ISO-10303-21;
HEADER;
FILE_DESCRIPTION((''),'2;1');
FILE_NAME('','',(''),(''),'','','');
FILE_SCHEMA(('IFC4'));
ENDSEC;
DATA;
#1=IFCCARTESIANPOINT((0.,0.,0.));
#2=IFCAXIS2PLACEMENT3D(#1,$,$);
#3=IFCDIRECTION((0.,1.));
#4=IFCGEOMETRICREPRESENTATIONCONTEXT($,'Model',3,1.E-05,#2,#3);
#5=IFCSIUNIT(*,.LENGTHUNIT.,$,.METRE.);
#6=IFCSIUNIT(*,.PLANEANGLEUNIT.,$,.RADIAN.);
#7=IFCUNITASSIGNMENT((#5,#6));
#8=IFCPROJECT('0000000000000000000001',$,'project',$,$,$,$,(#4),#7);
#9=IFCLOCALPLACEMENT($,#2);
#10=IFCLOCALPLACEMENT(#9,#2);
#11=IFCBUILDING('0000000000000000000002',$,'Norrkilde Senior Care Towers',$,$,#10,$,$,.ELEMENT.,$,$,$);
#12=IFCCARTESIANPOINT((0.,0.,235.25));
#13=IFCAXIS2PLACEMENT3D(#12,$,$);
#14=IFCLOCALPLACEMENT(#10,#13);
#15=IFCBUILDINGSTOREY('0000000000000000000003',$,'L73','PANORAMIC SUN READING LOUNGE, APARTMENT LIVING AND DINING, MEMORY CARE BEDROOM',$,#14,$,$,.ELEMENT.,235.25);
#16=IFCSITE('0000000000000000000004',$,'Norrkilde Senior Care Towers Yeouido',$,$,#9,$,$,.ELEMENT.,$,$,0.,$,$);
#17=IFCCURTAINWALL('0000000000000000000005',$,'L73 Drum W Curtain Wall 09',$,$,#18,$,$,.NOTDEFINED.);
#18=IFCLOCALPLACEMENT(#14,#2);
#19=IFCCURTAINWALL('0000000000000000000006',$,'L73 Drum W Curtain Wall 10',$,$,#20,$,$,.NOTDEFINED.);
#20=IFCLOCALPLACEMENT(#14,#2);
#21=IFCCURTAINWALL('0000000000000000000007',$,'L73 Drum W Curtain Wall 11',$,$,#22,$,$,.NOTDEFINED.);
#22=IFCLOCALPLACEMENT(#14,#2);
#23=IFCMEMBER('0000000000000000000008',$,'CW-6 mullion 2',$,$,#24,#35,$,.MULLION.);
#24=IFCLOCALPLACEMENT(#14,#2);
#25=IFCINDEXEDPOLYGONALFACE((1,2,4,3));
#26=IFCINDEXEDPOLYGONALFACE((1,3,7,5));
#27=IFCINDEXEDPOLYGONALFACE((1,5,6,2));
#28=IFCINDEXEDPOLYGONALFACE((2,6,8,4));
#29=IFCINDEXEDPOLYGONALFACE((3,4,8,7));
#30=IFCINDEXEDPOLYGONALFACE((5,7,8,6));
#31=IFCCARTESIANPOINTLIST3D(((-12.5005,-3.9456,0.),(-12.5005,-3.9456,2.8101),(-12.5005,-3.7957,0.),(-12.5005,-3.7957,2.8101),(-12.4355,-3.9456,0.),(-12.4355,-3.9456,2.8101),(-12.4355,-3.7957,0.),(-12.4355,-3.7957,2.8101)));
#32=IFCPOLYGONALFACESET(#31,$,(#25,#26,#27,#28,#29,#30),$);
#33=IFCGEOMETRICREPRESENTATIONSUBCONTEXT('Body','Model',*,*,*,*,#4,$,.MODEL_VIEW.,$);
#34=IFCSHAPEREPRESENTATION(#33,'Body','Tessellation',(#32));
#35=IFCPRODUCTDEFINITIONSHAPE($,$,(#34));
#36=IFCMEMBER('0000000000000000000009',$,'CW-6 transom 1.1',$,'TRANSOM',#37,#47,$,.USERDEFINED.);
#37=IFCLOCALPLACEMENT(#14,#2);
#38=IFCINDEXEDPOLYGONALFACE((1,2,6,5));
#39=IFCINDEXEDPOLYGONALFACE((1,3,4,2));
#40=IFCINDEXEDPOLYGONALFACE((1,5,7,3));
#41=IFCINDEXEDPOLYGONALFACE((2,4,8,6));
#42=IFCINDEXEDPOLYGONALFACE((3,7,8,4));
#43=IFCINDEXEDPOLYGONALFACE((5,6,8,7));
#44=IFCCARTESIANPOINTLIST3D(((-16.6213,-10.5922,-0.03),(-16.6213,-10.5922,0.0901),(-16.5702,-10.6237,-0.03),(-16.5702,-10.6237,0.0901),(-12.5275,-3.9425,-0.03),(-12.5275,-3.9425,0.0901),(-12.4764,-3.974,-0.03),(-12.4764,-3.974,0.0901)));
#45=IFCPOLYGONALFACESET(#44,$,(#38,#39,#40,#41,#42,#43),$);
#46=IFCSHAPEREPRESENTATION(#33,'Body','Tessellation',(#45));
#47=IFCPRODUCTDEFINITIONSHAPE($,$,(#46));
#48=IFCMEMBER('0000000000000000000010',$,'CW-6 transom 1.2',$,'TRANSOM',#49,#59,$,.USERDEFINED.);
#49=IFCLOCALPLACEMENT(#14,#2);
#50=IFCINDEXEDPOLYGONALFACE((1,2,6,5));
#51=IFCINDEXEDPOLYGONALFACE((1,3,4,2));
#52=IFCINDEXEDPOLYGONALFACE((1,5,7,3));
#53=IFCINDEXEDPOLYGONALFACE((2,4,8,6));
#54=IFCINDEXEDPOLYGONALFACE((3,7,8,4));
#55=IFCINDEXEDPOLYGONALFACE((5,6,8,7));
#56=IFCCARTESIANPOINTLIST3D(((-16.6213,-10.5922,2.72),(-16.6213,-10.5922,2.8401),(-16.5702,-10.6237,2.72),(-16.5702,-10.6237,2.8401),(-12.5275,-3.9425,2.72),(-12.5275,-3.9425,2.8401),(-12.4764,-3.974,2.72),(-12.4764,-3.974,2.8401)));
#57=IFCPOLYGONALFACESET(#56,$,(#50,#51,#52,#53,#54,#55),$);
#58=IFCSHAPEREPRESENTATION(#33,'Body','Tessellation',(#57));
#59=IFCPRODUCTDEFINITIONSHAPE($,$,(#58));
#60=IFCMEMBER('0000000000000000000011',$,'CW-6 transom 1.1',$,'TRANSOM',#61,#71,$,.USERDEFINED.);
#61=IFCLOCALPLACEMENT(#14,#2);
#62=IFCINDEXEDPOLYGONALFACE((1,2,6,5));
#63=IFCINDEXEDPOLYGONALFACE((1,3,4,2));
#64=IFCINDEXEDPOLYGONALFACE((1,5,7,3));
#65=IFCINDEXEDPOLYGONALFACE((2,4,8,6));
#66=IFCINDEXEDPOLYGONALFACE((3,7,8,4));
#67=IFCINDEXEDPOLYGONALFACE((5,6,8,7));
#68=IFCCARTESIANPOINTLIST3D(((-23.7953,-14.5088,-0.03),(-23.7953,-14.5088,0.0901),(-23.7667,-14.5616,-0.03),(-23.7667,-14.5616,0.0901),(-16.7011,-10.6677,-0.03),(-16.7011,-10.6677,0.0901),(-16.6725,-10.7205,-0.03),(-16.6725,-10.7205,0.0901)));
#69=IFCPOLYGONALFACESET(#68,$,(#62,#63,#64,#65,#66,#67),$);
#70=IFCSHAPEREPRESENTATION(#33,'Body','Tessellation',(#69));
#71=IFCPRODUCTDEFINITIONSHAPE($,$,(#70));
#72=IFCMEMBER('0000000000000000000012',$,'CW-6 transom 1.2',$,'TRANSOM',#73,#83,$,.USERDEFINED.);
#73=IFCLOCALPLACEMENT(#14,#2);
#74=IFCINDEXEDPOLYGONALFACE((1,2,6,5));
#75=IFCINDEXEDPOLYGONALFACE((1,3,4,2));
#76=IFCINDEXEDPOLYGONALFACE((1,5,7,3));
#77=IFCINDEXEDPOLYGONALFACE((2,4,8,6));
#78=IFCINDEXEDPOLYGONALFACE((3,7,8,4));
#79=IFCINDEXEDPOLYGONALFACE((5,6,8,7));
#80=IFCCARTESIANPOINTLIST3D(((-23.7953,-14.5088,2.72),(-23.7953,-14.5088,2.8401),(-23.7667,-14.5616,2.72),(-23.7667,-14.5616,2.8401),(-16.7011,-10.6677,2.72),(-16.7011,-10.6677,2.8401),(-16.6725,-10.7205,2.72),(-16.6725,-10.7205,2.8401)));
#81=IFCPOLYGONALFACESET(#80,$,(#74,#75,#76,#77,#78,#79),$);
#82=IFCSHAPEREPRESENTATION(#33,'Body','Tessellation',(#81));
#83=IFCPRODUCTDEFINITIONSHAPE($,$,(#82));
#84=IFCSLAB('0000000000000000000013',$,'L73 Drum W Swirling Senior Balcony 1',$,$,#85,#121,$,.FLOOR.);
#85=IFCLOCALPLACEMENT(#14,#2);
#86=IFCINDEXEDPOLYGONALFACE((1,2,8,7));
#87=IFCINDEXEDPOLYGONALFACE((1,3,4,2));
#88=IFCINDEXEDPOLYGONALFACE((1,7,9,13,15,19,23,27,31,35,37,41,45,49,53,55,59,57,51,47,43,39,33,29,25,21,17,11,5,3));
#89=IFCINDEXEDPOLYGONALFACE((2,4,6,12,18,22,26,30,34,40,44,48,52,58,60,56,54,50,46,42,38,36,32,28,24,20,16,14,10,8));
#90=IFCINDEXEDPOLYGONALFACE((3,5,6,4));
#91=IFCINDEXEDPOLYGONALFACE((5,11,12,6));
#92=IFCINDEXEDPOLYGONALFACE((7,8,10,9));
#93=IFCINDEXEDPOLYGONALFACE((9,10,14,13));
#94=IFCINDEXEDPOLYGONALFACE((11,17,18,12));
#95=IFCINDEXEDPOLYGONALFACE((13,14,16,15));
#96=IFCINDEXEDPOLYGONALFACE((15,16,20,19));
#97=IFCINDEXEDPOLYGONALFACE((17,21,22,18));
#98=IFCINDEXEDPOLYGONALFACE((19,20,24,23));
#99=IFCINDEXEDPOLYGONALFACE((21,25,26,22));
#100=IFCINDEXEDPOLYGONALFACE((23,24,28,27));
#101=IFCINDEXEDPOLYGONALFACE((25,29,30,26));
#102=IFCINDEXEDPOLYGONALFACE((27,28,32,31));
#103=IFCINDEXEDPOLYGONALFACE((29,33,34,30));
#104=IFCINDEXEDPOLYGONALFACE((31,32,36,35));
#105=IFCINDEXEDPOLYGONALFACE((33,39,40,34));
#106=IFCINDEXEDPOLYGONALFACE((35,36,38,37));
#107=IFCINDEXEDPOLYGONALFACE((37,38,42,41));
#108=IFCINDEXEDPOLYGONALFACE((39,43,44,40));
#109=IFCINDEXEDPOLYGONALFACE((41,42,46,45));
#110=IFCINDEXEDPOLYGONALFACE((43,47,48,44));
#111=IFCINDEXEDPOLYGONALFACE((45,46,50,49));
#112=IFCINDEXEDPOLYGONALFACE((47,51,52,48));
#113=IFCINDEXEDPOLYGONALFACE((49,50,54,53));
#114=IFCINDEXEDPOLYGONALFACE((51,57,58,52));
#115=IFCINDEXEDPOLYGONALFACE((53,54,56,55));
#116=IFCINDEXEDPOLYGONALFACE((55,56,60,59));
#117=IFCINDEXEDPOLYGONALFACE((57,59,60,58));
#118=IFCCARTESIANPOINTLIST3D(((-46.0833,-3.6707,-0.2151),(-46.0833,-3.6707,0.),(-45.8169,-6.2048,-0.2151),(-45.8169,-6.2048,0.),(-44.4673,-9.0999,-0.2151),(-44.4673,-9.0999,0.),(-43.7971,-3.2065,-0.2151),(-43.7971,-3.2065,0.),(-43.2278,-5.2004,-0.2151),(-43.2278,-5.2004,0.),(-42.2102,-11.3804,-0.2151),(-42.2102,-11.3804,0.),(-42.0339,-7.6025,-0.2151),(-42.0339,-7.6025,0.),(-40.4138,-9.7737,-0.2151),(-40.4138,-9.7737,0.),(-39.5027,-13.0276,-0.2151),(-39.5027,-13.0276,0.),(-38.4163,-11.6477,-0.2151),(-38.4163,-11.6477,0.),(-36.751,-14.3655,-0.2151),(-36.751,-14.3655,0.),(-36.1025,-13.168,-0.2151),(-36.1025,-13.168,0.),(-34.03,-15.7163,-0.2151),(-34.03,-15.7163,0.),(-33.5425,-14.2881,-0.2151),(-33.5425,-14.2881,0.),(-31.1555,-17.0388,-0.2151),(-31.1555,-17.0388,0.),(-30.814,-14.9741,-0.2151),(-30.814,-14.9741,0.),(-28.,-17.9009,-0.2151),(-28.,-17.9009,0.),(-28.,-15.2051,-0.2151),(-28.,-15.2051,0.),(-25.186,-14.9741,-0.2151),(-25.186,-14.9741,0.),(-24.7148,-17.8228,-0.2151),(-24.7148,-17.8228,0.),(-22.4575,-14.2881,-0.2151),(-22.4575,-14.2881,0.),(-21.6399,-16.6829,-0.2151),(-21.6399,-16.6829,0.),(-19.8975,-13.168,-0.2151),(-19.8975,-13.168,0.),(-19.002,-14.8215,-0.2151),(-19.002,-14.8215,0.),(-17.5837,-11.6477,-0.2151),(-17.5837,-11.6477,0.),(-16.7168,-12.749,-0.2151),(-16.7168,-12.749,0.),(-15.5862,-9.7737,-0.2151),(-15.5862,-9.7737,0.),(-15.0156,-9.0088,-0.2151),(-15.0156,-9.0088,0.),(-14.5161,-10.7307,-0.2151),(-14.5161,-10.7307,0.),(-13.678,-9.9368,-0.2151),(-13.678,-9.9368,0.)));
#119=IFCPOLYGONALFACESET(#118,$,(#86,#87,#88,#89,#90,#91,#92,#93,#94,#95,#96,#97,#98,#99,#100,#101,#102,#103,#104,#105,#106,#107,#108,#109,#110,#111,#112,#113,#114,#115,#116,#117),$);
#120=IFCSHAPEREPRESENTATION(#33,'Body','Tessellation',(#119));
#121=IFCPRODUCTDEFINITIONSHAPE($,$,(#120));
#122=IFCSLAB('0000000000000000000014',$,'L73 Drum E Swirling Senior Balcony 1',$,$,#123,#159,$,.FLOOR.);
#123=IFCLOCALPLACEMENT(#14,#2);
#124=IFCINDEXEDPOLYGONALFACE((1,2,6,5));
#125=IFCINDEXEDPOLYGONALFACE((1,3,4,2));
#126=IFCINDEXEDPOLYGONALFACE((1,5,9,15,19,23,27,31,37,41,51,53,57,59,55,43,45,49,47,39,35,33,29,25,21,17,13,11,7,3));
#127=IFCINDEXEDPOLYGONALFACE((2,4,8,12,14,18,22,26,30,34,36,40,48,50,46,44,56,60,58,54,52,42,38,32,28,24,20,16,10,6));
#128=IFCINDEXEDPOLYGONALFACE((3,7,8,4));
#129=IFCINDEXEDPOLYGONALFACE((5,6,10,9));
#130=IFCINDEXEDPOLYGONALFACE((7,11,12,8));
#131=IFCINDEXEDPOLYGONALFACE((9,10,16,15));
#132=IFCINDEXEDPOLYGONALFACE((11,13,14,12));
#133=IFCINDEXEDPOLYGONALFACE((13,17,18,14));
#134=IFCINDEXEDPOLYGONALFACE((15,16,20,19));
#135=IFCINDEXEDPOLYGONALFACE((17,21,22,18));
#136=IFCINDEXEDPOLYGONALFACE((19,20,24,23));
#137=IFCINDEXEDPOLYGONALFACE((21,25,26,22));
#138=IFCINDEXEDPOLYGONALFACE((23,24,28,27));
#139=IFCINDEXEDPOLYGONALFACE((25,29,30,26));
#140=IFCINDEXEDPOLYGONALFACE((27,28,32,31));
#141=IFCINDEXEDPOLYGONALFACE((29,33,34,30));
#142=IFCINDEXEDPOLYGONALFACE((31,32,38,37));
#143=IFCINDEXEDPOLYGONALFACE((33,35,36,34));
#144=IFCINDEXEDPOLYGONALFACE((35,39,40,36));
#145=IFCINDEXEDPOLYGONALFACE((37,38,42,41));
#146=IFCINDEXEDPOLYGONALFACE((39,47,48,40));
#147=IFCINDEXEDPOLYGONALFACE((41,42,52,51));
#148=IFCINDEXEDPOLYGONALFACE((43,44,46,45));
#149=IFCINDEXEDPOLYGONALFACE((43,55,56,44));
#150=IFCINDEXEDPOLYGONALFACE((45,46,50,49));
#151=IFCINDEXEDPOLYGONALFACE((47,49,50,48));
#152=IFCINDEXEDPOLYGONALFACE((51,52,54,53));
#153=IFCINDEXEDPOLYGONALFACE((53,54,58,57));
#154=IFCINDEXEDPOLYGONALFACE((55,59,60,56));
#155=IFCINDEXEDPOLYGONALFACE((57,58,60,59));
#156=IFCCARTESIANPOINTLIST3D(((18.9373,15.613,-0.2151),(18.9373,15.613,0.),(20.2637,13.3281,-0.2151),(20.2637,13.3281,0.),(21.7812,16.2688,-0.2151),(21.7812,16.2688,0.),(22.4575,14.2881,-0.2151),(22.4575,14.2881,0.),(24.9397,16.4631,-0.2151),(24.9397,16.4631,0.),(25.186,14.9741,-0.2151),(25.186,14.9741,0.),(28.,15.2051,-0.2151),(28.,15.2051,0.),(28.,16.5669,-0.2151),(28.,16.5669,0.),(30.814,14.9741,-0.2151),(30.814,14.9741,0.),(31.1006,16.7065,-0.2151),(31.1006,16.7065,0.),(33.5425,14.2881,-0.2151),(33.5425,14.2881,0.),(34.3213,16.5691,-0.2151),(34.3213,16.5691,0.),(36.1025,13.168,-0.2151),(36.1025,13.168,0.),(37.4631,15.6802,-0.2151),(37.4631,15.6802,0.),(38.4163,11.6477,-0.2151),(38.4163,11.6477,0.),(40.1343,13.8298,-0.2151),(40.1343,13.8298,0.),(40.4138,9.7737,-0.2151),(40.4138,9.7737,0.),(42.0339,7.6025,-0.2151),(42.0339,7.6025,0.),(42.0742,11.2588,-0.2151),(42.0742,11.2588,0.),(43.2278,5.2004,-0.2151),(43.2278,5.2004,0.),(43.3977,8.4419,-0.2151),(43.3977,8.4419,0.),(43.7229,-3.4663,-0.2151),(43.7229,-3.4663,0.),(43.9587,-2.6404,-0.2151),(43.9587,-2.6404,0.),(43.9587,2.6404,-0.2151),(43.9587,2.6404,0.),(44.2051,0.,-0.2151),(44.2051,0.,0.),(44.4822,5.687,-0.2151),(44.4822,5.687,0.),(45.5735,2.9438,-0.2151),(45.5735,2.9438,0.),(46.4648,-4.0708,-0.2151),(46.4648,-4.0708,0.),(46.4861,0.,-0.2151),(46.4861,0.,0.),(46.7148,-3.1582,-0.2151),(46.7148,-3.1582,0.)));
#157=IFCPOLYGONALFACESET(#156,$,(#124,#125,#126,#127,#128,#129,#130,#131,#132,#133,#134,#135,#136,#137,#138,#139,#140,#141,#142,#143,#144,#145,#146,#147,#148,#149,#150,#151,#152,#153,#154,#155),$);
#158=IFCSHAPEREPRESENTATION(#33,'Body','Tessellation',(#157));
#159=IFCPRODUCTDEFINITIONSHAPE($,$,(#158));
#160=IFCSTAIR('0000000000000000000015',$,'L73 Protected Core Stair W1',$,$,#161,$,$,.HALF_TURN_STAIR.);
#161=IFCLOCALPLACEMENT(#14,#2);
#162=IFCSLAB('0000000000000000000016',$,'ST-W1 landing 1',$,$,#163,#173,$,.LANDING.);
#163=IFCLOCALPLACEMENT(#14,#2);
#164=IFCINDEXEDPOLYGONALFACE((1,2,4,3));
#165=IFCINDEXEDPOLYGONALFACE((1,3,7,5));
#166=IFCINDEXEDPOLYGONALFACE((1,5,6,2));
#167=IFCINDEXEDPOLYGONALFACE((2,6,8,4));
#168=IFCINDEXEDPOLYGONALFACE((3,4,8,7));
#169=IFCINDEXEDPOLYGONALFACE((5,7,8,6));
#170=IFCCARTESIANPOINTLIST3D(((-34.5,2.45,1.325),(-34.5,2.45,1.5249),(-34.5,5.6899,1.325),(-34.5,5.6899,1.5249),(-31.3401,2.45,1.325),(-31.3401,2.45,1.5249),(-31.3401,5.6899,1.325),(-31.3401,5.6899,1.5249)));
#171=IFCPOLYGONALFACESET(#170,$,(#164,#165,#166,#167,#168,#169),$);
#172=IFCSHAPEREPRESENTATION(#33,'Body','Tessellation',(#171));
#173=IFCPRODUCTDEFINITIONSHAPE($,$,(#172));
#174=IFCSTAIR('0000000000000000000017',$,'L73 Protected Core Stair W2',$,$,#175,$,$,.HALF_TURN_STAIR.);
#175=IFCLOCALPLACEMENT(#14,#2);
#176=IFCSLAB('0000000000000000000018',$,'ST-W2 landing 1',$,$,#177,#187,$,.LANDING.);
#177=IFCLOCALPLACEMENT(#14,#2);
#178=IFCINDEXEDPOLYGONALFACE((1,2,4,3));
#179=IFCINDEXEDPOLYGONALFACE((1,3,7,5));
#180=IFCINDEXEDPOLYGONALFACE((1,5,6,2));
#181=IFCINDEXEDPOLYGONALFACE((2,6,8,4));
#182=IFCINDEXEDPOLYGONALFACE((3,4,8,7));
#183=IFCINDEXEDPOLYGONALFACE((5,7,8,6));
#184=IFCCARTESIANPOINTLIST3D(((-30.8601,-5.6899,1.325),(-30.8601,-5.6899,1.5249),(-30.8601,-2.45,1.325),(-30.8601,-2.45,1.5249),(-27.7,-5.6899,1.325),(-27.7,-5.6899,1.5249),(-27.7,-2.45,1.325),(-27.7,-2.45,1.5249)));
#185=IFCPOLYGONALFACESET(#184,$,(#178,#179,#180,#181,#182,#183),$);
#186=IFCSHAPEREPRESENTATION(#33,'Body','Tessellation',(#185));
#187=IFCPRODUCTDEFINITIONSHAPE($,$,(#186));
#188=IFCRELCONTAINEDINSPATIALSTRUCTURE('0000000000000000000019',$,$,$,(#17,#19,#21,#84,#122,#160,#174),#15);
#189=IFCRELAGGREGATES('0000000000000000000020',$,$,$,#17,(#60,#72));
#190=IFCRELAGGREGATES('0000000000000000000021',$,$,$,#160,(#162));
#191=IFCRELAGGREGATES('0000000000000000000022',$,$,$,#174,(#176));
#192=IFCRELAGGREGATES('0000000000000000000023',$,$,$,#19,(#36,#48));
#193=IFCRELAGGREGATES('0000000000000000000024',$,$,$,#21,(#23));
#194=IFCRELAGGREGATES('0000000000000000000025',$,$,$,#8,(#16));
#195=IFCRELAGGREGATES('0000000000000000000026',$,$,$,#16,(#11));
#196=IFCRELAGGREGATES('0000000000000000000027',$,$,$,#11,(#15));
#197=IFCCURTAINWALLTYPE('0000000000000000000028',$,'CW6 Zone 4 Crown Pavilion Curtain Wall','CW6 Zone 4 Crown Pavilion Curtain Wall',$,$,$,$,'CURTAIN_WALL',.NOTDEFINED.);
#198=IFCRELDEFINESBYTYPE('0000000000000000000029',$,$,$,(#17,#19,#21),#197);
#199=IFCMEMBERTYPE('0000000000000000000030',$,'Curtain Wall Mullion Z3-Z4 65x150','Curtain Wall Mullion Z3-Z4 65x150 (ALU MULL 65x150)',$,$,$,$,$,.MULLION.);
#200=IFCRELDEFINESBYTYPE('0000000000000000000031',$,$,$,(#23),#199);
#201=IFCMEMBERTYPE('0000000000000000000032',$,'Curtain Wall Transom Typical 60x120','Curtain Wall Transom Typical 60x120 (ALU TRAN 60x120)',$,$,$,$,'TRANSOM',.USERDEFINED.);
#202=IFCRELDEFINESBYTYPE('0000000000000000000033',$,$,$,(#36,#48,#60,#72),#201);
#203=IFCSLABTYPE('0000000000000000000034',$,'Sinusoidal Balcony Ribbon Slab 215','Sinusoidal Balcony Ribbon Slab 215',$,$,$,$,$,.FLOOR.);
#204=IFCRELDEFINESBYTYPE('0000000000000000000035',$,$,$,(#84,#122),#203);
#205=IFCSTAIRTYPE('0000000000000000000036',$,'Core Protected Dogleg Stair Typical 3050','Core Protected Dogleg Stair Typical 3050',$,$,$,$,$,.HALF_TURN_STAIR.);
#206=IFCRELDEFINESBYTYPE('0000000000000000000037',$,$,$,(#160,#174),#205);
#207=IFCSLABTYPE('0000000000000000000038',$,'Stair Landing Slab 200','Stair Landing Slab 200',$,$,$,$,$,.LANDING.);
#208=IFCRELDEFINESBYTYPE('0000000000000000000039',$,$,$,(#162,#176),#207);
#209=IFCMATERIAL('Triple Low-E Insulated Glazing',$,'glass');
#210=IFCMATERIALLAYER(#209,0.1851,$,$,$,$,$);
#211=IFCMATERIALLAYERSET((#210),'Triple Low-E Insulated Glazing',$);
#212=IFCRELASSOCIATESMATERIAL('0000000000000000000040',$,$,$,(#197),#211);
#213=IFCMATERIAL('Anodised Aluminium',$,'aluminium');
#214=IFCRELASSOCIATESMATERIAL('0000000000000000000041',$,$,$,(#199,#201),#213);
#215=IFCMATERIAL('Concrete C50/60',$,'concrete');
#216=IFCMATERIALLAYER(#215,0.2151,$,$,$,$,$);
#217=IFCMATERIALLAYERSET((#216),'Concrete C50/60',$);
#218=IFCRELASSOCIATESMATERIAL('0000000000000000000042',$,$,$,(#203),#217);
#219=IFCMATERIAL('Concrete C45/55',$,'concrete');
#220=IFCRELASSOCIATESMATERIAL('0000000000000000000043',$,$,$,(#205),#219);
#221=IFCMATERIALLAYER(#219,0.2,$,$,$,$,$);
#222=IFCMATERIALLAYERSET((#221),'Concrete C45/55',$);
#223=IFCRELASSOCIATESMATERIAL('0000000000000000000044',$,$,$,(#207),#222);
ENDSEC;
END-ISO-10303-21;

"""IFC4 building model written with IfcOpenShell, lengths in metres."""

from ifc_helpers import new_model, si_unit, direction, frame, origin, origin_2d, place, context, subcontext, project, spatial, polyline, rectangle, outline, extrude, source, transform, mapped, material, layer, layer_set, material_profile, profile_set, type_object, type_shapes, element, aggregate, save


model = new_model("IFC4")

# Units and contexts
model_context = context("Model", 3, precision=1e-05, world=origin(), true_north=direction((0.0, 1.0)))
body_context = subcontext(model_context, "Body", "Model", "MODEL_VIEW")
ifc_project = project(units=[si_unit("LENGTHUNIT", "METRE"), si_unit("PLANEANGLEUNIT", "RADIAN")], contexts=[model_context])

# Site, building, storey
site_placement = place(None, origin())
site = spatial("IfcSite", under=ifc_project, at=site_placement, Name="Norrkilde Senior Care Towers Yeouido", CompositionType="ELEMENT", RefElevation=0.0)
building_placement = place(site_placement, origin())
building = spatial("IfcBuilding", under=site, at=building_placement, Name="Norrkilde Senior Care Towers", CompositionType="ELEMENT")
storey_placement = place(building_placement, frame((0.0, 0.0, 235.25)))
storey = spatial("IfcBuildingStorey", under=building, at=storey_placement, Name="L73", Description="PANORAMIC SUN READING LOUNGE, APARTMENT LIVING AND DINING, MEMORY CARE BEDROOM", CompositionType="ELEMENT", Elevation=235.25)

# Shared definitions
ifc_material_1 = material(Name="Concrete C50/60", Category="concrete")

# Curtain wall
ifc_material_2 = material(Name="Triple Low-E Insulated Glazing", Category="glass")
ifc_layer_1 = layer(ifc_material_2, 0.1851)
ifc_layer_set_1 = layer_set([ifc_layer_1], Name="Triple Low-E Insulated Glazing")
curtain_wall_type = type_object("IfcCurtainWallType", Name="CW6 Zone 4 Crown Pavilion Curtain Wall", Description="CW6 Zone 4 Crown Pavilion Curtain Wall", ElementType="CURTAIN_WALL", PredefinedType="NOTDEFINED", material=ifc_layer_set_1)
curtain_wall_1_placement = place(storey_placement, origin())
curtain_wall_1 = element("IfcCurtainWall", 1, at=curtain_wall_1_placement, inside=storey, type_object=curtain_wall_type, Name="L73 Drum W Curtain Wall 09", PredefinedType="NOTDEFINED")
ifc_material_3 = material(Name="Anodised Aluminium", Category="aluminium")
ifc_material_profile_1 = material_profile(ifc_material_3, rectangle(XDim=0.0649, YDim=0.1499, at=origin_2d()), Name="ALU MULL 65x150")
ifc_profile_set_1 = profile_set([ifc_material_profile_1], Name="Anodised Aluminium")
member_type_1 = type_object("IfcMemberType", Name="Curtain Wall Mullion Z3-Z4 65x150", Description="Curtain Wall Mullion Z3-Z4 65x150 (ALU MULL 65x150)", PredefinedType="MULLION", material=ifc_profile_set_1)
shared_shape_1 = source(origin(), body_context, "Body", "SweptSolid", [
    extrude(rectangle(XDim=0.0649, YDim=0.1499, at=origin_2d()), origin(), (0.0, 0.0, 1.0), 2.8101),
])
type_shapes(member_type_1, [shared_shape_1])

# Curtain wall
curtain_wall_2_placement = place(storey_placement, origin())
curtain_wall_2 = element("IfcCurtainWall", 2, at=curtain_wall_2_placement, inside=storey, type_object=curtain_wall_type, Name="L73 Drum W Curtain Wall 10", PredefinedType="NOTDEFINED")

# Curtain wall, member
curtain_wall_3_placement = place(storey_placement, origin())
curtain_wall_3 = element("IfcCurtainWall", 3, at=curtain_wall_3_placement, inside=storey, type_object=curtain_wall_type, Name="L73 Drum W Curtain Wall 11", PredefinedType="NOTDEFINED")
member_1_placement = place(storey_placement, frame((-12.468, -3.8706, 0.0), z_axis=(0.0, 0.0, 1.0), x_axis=(1.0, 0.0, 0.0)))
member_1 = element("IfcMember", 4, at=member_1_placement, type_object=member_type_1, Name="CW-6 mullion 2", PredefinedType="MULLION", context=body_context, shape_type="MappedRepresentation", body=[
    mapped(shared_shape_1, transform((0.0, 0.0, 0.0), x_axis=(1.0, 0.0, 0.0), y_axis=(0.0, 1.0, 0.0), z_axis=(0.0, 0.0, 1.0), scale=1.0)),
])

# Members
ifc_material_profile_2 = material_profile(ifc_material_3, rectangle(XDim=0.0601, YDim=0.1201, at=origin_2d()), Name="ALU TRAN 60x120")
ifc_profile_set_2 = profile_set([ifc_material_profile_2], Name="Anodised Aluminium")
member_type_2 = type_object("IfcMemberType", Name="Curtain Wall Transom Typical 60x120", Description="Curtain Wall Transom Typical 60x120 (ALU TRAN 60x120)", ElementType="TRANSOM", PredefinedType="USERDEFINED", material=ifc_profile_set_2)
shared_shape_2 = source(origin(), body_context, "Body", "SweptSolid", [
    extrude(rectangle(XDim=0.0601, YDim=0.1201, at=origin_2d()), origin(), (0.0, 0.0, 1.0), 7.8088),
])
member_2_placement = place(storey_placement, frame((-12.502, -3.9583, 0.03), z_axis=(-0.524251, -0.851564, 0.0), x_axis=(0.851564, -0.524251, 0.0)))
member_2 = element("IfcMember", 5, at=member_2_placement, type_object=member_type_2, Name="CW-6 transom 1.1", ObjectType="TRANSOM", PredefinedType="USERDEFINED", context=body_context, shape_type="MappedRepresentation", body=[
    mapped(shared_shape_2, transform((0.0, 0.0, 0.0), x_axis=(1.0, 0.0, 0.0), y_axis=(0.0, 1.0, 0.0), z_axis=(0.0, 0.0, 1.0), scale=1.0)),
])
member_3_placement = place(storey_placement, frame((-12.502, -3.9583, 2.78), z_axis=(-0.524251, -0.851564, 0.0), x_axis=(0.851564, -0.524251, 0.0)))
member_3 = element("IfcMember", 6, at=member_3_placement, type_object=member_type_2, Name="CW-6 transom 1.2", ObjectType="TRANSOM", PredefinedType="USERDEFINED", context=body_context, shape_type="MappedRepresentation", body=[
    mapped(shared_shape_2, transform((0.0, 0.0, 0.0), x_axis=(1.0, 0.0, 0.0), y_axis=(0.0, 1.0, 0.0), z_axis=(0.0, 0.0, 1.0), scale=1.0)),
])
shared_shape_3 = source(origin(), body_context, "Body", "SweptSolid", [
    extrude(rectangle(XDim=0.0601, YDim=0.1201, at=origin_2d()), origin(), (0.0, 0.0, 1.0), 8.0674),
])
type_shapes(member_type_2, [shared_shape_2, shared_shape_3])
member_4_placement = place(storey_placement, frame((-16.6868, -10.6941, 0.03), z_axis=(-0.879378, -0.476125, 0.0), x_axis=(0.476125, -0.879378, 0.0)))
member_4 = element("IfcMember", 7, at=member_4_placement, type_object=member_type_2, Name="CW-6 transom 1.1", ObjectType="TRANSOM", PredefinedType="USERDEFINED", context=body_context, shape_type="MappedRepresentation", body=[
    mapped(shared_shape_3, transform((0.0, 0.0, 0.0), x_axis=(1.0, 0.0, 0.0), y_axis=(0.0, 1.0, 0.0), z_axis=(0.0, 0.0, 1.0), scale=1.0)),
])
member_5_placement = place(storey_placement, frame((-16.6868, -10.6941, 2.78), z_axis=(-0.879378, -0.476125, 0.0), x_axis=(0.476125, -0.879378, 0.0)))
member_5 = element("IfcMember", 8, at=member_5_placement, type_object=member_type_2, Name="CW-6 transom 1.2", ObjectType="TRANSOM", PredefinedType="USERDEFINED", context=body_context, shape_type="MappedRepresentation", body=[
    mapped(shared_shape_3, transform((0.0, 0.0, 0.0), x_axis=(1.0, 0.0, 0.0), y_axis=(0.0, 1.0, 0.0), z_axis=(0.0, 0.0, 1.0), scale=1.0)),
])
aggregate(curtain_wall_1, [member_4, member_5])

# Slabs
ifc_layer_2 = layer(ifc_material_1, 0.2151)
ifc_layer_set_2 = layer_set([ifc_layer_2], Name="Concrete C50/60")
slab_type_1 = type_object("IfcSlabType", Name="Sinusoidal Balcony Ribbon Slab 215", Description="Sinusoidal Balcony Ribbon Slab 215", PredefinedType="FLOOR", material=ifc_layer_set_2)
slab_1_placement = place(storey_placement, frame((0.0, 0.0, -0.2151)))
element("IfcSlab", 9, at=slab_1_placement, inside=storey, type_object=slab_type_1, Name="L73 Drum W Swirling Senior Balcony 1", PredefinedType="FLOOR", context=body_context, shape_type="SweptSolid", body=[
    extrude(outline(polyline([(-16.7168, -12.749), (-19.002, -14.8215), (-21.6399, -16.6829), (-24.7148, -17.8228), (-28.0, -17.9009), (-31.1555, -17.0388), (-34.03, -15.7163), (-36.751, -14.3655), (-39.5027, -13.0276), (-42.2102, -11.3804), (-44.4673, -9.0999), (-45.8169, -6.2048), (-46.0833, -3.6707), (-43.7971, -3.2065), (-43.2278, -5.2004), (-42.0339, -7.6025), (-40.4138, -9.7737), (-38.4163, -11.6477), (-36.1025, -13.168), (-33.5425, -14.2881), (-30.814, -14.9741), (-28.0, -15.2051), (-25.186, -14.9741), (-22.4575, -14.2881), (-19.8975, -13.168), (-17.5837, -11.6477), (-15.5862, -9.7737), (-15.0156, -9.0088), (-13.678, -9.9368), (-14.5161, -10.7307), (-16.7168, -12.749)])), origin(), (0.0, 0.0, 1.0), 0.2151),
])
slab_2_placement = place(storey_placement, frame((0.0, 0.0, -0.2151)))
element("IfcSlab", 10, at=slab_2_placement, inside=storey, type_object=slab_type_1, Name="L73 Drum E Swirling Senior Balcony 1", PredefinedType="FLOOR", context=body_context, shape_type="SweptSolid", body=[
    extrude(outline(polyline([(43.7229, -3.4663), (43.9587, -2.6404), (44.2051, 0.0), (43.9587, 2.6404), (43.2278, 5.2004), (42.0339, 7.6025), (40.4138, 9.7737), (38.4163, 11.6477), (36.1025, 13.168), (33.5425, 14.2881), (30.814, 14.9741), (28.0, 15.2051), (25.186, 14.9741), (22.4575, 14.2881), (20.2637, 13.3281), (18.9373, 15.613), (21.7812, 16.2688), (24.9397, 16.4631), (28.0, 16.5669), (31.1006, 16.7065), (34.3213, 16.5691), (37.4631, 15.6802), (40.1343, 13.8298), (42.0742, 11.2588), (43.3977, 8.4419), (44.4822, 5.687), (45.5735, 2.9438), (46.4861, 0.0), (46.7148, -3.1582), (46.4648, -4.0708), (43.7229, -3.4663)])), origin(), (0.0, 0.0, 1.0), 0.2151),
])

# Stairs, slabs
ifc_material_4 = material(Name="Concrete C45/55", Category="concrete")
stair_type = type_object("IfcStairType", Name="Core Protected Dogleg Stair Typical 3050", Description="Core Protected Dogleg Stair Typical 3050", PredefinedType="HALF_TURN_STAIR", material=ifc_material_4)
stair_1_placement = place(storey_placement, origin())
stair_1 = element("IfcStair", 11, at=stair_1_placement, inside=storey, type_object=stair_type, Name="L73 Protected Core Stair W1", PredefinedType="HALF_TURN_STAIR")
ifc_layer_3 = layer(ifc_material_4, 0.2)
ifc_layer_set_3 = layer_set([ifc_layer_3], Name="Concrete C45/55")
slab_type_2 = type_object("IfcSlabType", Name="Stair Landing Slab 200", Description="Stair Landing Slab 200", PredefinedType="LANDING", material=ifc_layer_set_3)
slab_3_placement = place(storey_placement, frame((0.0, 0.0, 1.325)))
slab_3 = element("IfcSlab", 12, at=slab_3_placement, type_object=slab_type_2, Name="ST-W1 landing 1", PredefinedType="LANDING", context=body_context, shape_type="SweptSolid", body=[
    extrude(outline(polyline([(-31.3401, 5.6899), (-34.5, 5.6899), (-34.5, 2.45), (-31.3401, 2.45), (-31.3401, 5.6899)])), origin(), (0.0, 0.0, 1.0), 0.2),
])
aggregate(stair_1, [slab_3])
stair_2_placement = place(storey_placement, origin())
stair_2 = element("IfcStair", 13, at=stair_2_placement, inside=storey, type_object=stair_type, Name="L73 Protected Core Stair W2", PredefinedType="HALF_TURN_STAIR")
slab_4_placement = place(storey_placement, frame((0.0, 0.0, 1.325)))
slab_4 = element("IfcSlab", 14, at=slab_4_placement, type_object=slab_type_2, Name="ST-W2 landing 1", PredefinedType="LANDING", context=body_context, shape_type="SweptSolid", body=[
    extrude(outline(polyline([(-30.8601, -5.6899), (-27.7, -5.6899), (-27.7, -2.45), (-30.8601, -2.45), (-30.8601, -5.6899)])), origin(), (0.0, 0.0, 1.0), 0.2),
])
aggregate(stair_2, [slab_4])

aggregate(curtain_wall_2, [member_2, member_3])
aggregate(curtain_wall_3, [member_1])

save(model, "model.ifc")
